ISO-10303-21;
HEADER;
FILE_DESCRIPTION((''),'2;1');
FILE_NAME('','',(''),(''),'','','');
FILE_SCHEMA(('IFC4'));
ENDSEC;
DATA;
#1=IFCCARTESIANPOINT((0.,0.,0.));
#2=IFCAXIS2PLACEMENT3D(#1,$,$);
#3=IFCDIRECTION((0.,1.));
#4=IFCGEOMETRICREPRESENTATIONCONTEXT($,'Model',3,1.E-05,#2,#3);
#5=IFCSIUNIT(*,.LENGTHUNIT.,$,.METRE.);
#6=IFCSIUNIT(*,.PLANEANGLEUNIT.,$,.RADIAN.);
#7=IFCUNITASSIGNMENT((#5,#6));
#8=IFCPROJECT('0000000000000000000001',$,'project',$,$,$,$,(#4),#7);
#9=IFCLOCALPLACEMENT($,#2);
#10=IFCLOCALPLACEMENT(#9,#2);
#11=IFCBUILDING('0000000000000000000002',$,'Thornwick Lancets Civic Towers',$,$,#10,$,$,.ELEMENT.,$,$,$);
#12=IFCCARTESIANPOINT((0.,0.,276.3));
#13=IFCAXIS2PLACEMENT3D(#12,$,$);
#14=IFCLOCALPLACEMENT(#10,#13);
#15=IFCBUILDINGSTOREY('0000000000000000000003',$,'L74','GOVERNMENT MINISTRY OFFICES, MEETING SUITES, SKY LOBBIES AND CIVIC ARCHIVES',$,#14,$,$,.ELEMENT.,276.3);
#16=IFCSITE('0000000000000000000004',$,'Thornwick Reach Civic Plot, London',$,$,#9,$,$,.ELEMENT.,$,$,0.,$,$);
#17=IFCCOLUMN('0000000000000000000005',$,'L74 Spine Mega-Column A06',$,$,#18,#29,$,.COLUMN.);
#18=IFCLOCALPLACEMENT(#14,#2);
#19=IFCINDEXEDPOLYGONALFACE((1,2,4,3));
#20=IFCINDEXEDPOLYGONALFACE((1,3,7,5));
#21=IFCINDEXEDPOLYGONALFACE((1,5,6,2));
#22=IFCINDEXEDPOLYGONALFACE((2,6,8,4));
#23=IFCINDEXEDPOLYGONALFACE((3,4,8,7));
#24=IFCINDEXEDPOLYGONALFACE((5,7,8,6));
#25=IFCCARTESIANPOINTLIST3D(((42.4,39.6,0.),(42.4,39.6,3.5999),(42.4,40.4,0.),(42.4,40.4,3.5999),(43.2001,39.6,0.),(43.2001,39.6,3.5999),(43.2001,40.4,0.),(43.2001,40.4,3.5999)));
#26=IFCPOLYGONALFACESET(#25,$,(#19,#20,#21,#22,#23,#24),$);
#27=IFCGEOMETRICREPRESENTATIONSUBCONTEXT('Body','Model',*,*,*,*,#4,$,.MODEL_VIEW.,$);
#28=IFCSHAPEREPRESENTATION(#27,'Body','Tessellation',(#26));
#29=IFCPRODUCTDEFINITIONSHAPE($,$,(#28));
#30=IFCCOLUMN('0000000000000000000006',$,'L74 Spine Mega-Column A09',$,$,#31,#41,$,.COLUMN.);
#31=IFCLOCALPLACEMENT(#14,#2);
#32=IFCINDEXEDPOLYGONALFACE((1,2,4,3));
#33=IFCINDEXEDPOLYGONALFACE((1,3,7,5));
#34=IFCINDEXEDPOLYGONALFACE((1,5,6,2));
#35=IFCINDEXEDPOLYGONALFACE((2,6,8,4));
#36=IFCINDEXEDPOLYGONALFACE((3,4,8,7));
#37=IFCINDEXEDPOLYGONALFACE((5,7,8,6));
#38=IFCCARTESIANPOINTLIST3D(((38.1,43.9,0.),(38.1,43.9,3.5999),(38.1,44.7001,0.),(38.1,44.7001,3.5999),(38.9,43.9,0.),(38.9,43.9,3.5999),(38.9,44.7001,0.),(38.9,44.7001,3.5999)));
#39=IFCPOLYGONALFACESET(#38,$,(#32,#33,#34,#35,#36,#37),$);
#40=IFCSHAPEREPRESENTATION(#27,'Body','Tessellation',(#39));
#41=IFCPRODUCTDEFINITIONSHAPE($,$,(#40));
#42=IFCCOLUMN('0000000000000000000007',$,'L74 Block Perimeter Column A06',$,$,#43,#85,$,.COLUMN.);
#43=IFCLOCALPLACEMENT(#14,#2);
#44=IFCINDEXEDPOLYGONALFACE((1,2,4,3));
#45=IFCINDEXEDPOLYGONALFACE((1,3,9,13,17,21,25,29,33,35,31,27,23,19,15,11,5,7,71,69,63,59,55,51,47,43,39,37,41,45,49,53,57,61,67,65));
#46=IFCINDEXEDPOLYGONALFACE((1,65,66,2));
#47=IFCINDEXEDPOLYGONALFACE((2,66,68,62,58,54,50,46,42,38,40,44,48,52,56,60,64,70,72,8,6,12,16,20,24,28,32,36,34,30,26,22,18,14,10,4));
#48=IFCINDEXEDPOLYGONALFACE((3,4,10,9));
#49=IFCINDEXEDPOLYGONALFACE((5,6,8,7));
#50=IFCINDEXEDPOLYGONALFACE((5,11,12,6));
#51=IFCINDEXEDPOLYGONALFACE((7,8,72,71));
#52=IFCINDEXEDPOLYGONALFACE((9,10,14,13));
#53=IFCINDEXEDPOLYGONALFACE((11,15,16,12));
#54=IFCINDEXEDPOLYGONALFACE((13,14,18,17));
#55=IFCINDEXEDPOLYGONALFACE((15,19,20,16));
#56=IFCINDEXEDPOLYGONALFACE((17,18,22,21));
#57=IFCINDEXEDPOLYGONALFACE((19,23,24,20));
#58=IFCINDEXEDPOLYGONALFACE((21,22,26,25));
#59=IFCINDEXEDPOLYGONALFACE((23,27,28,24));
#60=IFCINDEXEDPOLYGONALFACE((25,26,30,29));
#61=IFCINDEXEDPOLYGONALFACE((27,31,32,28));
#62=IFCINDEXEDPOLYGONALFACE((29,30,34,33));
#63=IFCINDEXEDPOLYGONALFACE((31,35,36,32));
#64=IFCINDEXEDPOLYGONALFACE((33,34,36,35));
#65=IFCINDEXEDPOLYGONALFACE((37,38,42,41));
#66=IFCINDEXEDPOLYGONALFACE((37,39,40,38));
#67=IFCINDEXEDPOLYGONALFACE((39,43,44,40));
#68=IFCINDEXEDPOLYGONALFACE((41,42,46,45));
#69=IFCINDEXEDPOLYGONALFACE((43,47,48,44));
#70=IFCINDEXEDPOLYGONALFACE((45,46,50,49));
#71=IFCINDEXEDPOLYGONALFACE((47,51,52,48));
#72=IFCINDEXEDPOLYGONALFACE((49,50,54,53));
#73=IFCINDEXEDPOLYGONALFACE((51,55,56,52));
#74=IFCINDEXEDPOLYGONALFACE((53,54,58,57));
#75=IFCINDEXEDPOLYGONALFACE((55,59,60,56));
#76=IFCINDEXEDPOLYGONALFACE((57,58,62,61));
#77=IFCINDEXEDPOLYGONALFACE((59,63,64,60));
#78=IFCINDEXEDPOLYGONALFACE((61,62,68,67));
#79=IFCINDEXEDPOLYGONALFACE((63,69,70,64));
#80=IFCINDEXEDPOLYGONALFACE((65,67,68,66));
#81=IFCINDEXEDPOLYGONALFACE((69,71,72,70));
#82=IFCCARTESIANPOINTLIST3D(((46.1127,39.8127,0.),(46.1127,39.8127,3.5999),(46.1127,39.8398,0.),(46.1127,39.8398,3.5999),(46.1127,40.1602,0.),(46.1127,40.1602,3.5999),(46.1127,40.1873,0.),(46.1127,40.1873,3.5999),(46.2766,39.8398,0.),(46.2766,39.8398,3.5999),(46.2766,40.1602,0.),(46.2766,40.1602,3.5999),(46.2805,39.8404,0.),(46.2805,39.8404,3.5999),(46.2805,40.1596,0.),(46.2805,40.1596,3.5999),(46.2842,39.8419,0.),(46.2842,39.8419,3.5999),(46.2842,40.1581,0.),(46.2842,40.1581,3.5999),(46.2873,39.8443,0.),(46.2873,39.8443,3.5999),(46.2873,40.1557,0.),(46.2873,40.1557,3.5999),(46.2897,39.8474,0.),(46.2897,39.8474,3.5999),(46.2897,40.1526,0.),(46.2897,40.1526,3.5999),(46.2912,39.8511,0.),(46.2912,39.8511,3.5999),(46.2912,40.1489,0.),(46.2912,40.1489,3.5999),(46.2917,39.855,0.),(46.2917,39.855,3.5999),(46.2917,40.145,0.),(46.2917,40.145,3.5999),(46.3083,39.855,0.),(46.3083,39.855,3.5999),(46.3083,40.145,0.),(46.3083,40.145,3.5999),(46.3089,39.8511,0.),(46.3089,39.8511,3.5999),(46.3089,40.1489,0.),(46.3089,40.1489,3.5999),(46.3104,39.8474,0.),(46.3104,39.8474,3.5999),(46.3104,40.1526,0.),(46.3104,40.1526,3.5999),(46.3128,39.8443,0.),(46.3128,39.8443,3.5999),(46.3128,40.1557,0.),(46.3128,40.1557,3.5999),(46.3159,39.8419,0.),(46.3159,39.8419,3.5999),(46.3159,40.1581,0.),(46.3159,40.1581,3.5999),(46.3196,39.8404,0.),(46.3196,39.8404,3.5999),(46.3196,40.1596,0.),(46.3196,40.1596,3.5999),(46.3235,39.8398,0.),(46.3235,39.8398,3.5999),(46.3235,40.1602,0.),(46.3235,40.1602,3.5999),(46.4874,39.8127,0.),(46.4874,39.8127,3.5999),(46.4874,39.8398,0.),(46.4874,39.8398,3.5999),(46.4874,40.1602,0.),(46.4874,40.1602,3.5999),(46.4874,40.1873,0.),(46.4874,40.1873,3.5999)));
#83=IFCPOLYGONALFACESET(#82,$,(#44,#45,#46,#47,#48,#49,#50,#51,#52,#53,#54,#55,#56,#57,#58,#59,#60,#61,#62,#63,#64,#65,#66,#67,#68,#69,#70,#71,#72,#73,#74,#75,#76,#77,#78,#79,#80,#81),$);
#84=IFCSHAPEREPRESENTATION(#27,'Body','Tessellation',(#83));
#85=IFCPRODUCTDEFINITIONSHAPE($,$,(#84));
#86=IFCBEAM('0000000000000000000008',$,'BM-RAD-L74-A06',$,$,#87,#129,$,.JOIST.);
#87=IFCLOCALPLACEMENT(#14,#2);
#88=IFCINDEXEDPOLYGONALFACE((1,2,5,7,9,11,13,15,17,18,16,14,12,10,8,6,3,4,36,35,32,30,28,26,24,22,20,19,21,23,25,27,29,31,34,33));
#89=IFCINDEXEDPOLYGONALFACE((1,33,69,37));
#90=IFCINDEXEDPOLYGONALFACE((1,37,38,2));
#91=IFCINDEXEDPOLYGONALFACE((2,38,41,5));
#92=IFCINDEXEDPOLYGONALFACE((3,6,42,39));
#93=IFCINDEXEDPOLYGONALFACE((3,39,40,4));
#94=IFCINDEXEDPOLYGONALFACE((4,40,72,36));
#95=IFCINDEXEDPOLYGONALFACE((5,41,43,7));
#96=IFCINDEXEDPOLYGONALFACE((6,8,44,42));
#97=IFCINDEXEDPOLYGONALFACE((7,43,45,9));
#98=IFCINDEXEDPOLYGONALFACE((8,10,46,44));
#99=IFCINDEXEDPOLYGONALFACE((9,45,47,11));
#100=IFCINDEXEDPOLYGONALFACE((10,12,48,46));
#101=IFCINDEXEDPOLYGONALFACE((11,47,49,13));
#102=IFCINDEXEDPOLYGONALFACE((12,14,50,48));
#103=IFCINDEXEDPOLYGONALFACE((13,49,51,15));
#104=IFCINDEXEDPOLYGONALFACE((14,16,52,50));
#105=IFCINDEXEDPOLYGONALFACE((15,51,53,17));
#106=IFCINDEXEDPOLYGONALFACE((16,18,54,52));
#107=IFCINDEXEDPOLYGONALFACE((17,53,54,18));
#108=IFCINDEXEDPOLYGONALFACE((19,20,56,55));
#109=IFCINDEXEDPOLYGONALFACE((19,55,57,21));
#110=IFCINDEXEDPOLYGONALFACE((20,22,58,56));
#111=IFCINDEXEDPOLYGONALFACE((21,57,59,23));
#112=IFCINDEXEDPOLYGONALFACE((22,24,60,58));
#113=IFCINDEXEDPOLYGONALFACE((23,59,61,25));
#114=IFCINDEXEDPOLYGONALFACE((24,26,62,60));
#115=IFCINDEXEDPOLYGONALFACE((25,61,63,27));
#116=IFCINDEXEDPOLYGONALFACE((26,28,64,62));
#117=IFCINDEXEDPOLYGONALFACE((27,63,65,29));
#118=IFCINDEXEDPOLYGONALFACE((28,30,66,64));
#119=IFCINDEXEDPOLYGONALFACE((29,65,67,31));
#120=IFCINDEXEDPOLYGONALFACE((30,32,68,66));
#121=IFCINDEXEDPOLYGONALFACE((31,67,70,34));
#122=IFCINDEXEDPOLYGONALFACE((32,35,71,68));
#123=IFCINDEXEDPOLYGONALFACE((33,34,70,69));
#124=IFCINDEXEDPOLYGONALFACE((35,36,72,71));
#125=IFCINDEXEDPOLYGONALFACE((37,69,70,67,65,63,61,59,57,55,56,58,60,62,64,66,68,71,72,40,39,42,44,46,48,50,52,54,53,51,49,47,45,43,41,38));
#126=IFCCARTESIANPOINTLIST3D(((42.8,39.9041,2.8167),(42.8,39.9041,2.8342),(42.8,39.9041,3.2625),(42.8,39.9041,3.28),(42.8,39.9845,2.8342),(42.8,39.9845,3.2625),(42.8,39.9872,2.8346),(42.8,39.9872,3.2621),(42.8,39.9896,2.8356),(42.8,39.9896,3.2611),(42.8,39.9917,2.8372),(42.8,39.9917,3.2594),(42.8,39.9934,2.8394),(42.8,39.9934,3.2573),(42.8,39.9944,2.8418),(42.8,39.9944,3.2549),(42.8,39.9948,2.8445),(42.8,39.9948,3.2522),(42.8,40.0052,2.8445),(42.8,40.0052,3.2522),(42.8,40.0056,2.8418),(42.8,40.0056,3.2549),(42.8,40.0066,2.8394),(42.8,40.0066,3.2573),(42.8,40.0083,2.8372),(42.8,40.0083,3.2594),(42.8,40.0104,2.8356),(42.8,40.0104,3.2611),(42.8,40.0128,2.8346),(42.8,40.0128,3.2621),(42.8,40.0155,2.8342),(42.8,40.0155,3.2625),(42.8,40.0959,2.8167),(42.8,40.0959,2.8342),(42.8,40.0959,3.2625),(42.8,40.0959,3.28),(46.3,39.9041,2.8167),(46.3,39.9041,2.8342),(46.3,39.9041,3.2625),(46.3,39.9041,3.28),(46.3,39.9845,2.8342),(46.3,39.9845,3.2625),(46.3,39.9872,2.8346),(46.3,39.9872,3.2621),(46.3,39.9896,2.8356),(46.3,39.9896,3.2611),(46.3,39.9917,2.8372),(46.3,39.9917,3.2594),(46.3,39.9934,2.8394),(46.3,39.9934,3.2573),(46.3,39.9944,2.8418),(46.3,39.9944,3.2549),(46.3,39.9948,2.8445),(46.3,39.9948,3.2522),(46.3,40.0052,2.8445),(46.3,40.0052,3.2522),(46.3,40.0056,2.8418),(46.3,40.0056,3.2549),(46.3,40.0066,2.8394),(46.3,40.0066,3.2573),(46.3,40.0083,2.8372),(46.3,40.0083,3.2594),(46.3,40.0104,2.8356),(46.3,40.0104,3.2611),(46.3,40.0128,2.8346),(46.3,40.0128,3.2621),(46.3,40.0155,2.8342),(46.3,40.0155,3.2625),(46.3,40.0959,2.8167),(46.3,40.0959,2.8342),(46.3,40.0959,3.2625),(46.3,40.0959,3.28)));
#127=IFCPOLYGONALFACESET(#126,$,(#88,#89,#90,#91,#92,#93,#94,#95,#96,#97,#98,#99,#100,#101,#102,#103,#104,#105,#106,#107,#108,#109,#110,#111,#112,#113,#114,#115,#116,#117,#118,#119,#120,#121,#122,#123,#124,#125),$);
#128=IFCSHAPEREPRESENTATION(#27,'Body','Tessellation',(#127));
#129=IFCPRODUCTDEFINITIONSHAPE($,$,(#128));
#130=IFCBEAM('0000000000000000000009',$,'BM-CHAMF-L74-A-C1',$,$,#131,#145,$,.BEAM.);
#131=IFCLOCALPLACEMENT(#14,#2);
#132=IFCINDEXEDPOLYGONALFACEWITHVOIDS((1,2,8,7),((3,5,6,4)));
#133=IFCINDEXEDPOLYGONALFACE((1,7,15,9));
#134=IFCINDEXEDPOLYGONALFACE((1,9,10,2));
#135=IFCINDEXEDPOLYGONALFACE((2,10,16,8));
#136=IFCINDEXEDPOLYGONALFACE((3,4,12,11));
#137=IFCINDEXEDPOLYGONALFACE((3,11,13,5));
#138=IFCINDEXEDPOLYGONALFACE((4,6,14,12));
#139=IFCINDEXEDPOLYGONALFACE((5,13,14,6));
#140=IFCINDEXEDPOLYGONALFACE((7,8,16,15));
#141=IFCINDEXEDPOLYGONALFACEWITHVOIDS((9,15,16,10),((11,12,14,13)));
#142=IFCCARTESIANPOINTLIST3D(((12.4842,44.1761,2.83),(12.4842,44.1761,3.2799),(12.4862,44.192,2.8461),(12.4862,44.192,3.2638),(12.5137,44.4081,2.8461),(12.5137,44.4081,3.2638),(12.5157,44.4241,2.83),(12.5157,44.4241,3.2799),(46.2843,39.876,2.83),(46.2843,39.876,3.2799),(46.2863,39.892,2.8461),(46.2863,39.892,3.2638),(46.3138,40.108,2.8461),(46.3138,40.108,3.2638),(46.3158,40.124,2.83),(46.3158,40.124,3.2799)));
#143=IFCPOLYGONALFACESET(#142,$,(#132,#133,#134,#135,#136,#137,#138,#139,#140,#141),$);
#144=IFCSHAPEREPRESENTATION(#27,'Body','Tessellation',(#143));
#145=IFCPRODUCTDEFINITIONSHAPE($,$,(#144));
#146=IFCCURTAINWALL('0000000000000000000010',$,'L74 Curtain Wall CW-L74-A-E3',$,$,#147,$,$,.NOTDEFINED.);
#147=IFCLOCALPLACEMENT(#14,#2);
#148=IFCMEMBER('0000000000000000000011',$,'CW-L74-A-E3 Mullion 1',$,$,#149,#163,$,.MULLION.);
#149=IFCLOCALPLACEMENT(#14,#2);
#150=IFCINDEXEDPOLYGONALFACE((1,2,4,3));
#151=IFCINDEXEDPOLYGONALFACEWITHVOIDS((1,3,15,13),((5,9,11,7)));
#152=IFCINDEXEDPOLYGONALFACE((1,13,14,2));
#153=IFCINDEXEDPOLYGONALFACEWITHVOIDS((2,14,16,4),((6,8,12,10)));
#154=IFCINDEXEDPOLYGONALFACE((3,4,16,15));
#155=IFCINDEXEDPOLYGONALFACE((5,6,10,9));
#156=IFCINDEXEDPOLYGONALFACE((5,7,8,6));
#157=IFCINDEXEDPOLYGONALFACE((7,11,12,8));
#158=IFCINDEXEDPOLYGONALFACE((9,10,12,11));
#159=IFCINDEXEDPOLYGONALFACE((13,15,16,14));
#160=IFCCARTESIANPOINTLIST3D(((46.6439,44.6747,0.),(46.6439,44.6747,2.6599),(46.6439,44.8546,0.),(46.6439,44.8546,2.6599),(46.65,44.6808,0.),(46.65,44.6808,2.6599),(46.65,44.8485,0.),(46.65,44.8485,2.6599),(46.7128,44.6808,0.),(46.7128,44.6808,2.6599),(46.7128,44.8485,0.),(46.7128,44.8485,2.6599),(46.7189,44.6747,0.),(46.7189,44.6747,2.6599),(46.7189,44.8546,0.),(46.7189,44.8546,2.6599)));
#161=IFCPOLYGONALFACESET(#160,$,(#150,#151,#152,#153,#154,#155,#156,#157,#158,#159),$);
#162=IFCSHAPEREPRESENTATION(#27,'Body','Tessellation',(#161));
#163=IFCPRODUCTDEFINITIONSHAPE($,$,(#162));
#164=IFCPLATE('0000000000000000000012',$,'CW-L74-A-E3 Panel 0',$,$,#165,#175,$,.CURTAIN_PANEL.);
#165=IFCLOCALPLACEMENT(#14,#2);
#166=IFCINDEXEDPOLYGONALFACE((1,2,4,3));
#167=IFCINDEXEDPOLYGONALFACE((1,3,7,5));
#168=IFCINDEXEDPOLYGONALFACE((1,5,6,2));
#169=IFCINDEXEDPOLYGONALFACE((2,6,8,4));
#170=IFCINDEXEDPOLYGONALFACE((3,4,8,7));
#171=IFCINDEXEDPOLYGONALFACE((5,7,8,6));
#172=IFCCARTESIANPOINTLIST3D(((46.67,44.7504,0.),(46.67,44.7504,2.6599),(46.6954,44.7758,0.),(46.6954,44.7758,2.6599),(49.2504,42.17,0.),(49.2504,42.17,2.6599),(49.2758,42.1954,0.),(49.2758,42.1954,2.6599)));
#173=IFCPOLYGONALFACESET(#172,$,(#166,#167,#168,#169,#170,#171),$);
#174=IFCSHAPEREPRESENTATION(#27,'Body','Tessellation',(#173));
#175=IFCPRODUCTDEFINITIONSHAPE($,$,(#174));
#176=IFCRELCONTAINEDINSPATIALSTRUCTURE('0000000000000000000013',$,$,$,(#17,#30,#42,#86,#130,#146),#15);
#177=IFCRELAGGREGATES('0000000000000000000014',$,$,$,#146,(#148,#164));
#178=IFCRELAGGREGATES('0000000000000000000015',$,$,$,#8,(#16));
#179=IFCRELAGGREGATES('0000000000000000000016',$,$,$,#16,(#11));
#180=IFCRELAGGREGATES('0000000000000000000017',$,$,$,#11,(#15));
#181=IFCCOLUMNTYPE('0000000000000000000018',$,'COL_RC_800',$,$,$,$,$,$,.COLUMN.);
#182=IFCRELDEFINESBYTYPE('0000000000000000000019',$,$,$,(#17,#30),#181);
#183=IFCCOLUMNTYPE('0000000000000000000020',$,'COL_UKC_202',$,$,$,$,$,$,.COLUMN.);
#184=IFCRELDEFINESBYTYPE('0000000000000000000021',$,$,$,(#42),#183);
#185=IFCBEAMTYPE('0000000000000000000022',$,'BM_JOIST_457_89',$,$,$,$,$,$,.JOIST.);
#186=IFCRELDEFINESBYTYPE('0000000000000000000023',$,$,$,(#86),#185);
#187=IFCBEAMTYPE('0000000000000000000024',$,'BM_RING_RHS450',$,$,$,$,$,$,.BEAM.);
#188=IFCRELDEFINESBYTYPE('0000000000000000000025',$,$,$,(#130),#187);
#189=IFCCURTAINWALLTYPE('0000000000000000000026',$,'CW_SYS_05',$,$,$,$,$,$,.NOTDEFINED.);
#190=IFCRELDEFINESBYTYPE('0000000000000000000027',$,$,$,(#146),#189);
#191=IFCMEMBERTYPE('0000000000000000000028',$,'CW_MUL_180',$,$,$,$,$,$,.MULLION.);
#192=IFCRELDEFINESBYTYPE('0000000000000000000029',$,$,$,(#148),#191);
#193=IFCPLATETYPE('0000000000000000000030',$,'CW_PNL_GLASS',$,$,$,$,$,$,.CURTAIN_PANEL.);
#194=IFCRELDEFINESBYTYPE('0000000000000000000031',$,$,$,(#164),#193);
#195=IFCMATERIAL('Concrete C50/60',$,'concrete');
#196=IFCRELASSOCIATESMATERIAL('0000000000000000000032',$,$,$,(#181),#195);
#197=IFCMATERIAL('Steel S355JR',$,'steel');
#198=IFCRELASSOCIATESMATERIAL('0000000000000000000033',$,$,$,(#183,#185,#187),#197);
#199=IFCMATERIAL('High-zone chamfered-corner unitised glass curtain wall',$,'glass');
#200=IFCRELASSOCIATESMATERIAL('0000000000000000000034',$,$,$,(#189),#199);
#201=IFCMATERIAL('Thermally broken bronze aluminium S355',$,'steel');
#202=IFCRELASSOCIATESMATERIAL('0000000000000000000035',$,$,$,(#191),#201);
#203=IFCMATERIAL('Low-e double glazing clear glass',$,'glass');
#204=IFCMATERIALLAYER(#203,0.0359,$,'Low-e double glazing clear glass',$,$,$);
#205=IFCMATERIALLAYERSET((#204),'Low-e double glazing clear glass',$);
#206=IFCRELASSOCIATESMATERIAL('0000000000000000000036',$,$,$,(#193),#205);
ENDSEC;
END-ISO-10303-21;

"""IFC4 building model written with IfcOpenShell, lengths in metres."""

from ifc_helpers import new_model, si_unit, direction, frame, origin, origin_2d, place, context, subcontext, project, spatial, rectangle, hollow_rectangle, i_section, extrude, material, layer, layer_set, material_profile, profile_set, type_object, element, aggregate, save


model = new_model("IFC4")

# Units and contexts
model_context = context("Model", 3, precision=1e-05, world=origin(), true_north=direction((0.0, 1.0)))
body_context = subcontext(model_context, "Body", "Model", "MODEL_VIEW")
ifc_project = project(units=[si_unit("LENGTHUNIT", "METRE"), si_unit("PLANEANGLEUNIT", "RADIAN")], contexts=[model_context])

# Site, building, storey
site_placement = place(None, origin())
site = spatial("IfcSite", under=ifc_project, at=site_placement, Name="Thornwick Reach Civic Plot, London", CompositionType="ELEMENT", RefElevation=0.0)
building_placement = place(site_placement, origin())
building = spatial("IfcBuilding", under=site, at=building_placement, Name="Thornwick Lancets Civic Towers", CompositionType="ELEMENT")
storey_placement = place(building_placement, frame((0.0, 0.0, 276.3)))
storey = spatial("IfcBuildingStorey", under=building, at=storey_placement, Name="L74", Description="GOVERNMENT MINISTRY OFFICES, MEETING SUITES, SKY LOBBIES AND CIVIC ARCHIVES", CompositionType="ELEMENT", Elevation=276.3)

# Columns
ifc_material_1 = material(Name="Concrete C50/60", Category="concrete")
ifc_material_profile_1 = material_profile(ifc_material_1, rectangle(XDim=0.8, YDim=0.8, at=origin_2d()), Name="RC 800x800")
ifc_profile_set_1 = profile_set([ifc_material_profile_1], Name="Concrete C50/60")
column_type_1 = type_object("IfcColumnType", Name="COL_RC_800", PredefinedType="COLUMN", material=ifc_profile_set_1)
for number, where, z_axis, x_axis, name in (
    (1, (42.8, 40.0, 0.0), (0.0, 0.0, 1.0), (1.0, 0.0, 0.0), "L74 Spine Mega-Column A06"),
    (2, (38.5, 44.3, 0.0), (0.0, 0.0, 1.0), (1.0, 0.0, 0.0), "L74 Spine Mega-Column A09"),
):
    element("IfcColumn", number, at=place(storey_placement, frame(where, z_axis=z_axis, x_axis=x_axis)), inside=storey, type_object=column_type_1, Name=name, PredefinedType="COLUMN", context=body_context, shape_type="SweptSolid", body=[
        extrude(rectangle(XDim=0.8, YDim=0.8, at=origin_2d()), origin(), (0.0, 0.0, 1.0), 3.5999),
    ])
ifc_material_2 = material(Name="Steel S355JR", Category="steel")
ifc_material_profile_2 = material_profile(ifc_material_2, i_section(OverallWidth=0.3748, OverallDepth=0.3745, WebThickness=0.0166, FlangeThickness=0.0271, FilletRadius=0.0151, at=origin_2d()), Name="UKC 356x368x202")
ifc_profile_set_2 = profile_set([ifc_material_profile_2], Name="Steel S355JR")
column_type_2 = type_object("IfcColumnType", Name="COL_UKC_202", PredefinedType="COLUMN", material=ifc_profile_set_2)
column_placement = place(storey_placement, frame((46.3, 40.0, 0.0), z_axis=(0.0, 0.0, 1.0), x_axis=(1.0, 0.0, 0.0)))
element("IfcColumn", 3, at=column_placement, inside=storey, type_object=column_type_2, Name="L74 Block Perimeter Column A06", PredefinedType="COLUMN", context=body_context, shape_type="SweptSolid", body=[
    extrude(i_section(OverallWidth=0.3748, OverallDepth=0.3745, WebThickness=0.0166, FlangeThickness=0.0271, FilletRadius=0.0151, at=origin_2d()), origin(), (0.0, 0.0, 1.0), 3.5999),
])

# Beams
ifc_material_profile_3 = material_profile(ifc_material_2, i_section(OverallWidth=0.1919, OverallDepth=0.4634, WebThickness=0.0105, FlangeThickness=0.0176, FilletRadius=0.0103, at=origin_2d()), Name="UKB 457x191x89")
ifc_profile_set_3 = profile_set([ifc_material_profile_3], Name="Steel S355JR")
beam_type_1 = type_object("IfcBeamType", Name="BM_JOIST_457_89", PredefinedType="JOIST", material=ifc_profile_set_3)
beam_1_placement = place(storey_placement, frame((42.8, 40.0, 3.0483), z_axis=(1.0, 0.0, 0.0), x_axis=(0.0, 1.0, 0.0)))
element("IfcBeam", 4, at=beam_1_placement, inside=storey, type_object=beam_type_1, Name="BM-RAD-L74-A06", PredefinedType="JOIST", context=body_context, shape_type="SweptSolid", body=[
    extrude(i_section(OverallWidth=0.1919, OverallDepth=0.4634, WebThickness=0.0105, FlangeThickness=0.0176, FilletRadius=0.0103, at=origin_2d()), origin(), (0.0, 0.0, 1.0), 3.5),
])
ifc_material_profile_4 = material_profile(ifc_material_2, hollow_rectangle(XDim=0.25, YDim=0.45, WallThickness=0.0161, at=origin_2d()), Name="RHS 450x250x16")
ifc_profile_set_4 = profile_set([ifc_material_profile_4], Name="Steel S355JR")
beam_type_2 = type_object("IfcBeamType", Name="BM_RING_RHS450", PredefinedType="BEAM", material=ifc_profile_set_4)
beam_2_placement = place(storey_placement, frame((46.3, 40.0, 3.0549), z_axis=(-0.992004, 0.126203, 0.0), x_axis=(-0.126203, -0.992004, 0.0)))
element("IfcBeam", 5, at=beam_2_placement, inside=storey, type_object=beam_type_2, Name="BM-CHAMF-L74-A-C1", PredefinedType="BEAM", context=body_context, shape_type="SweptSolid", body=[
    extrude(hollow_rectangle(XDim=0.25, YDim=0.45, WallThickness=0.0161, at=origin_2d()), origin(), (0.0, 0.0, 1.0), 34.0725),
])

# Curtain wall, member, plate
ifc_material_3 = material(Name="High-zone chamfered-corner unitised glass curtain wall", Category="glass")
curtain_wall_type = type_object("IfcCurtainWallType", Name="CW_SYS_05", PredefinedType="NOTDEFINED", material=ifc_material_3)
curtain_wall_placement = place(storey_placement, origin())
curtain_wall = element("IfcCurtainWall", 6, at=curtain_wall_placement, inside=storey, type_object=curtain_wall_type, Name="L74 Curtain Wall CW-L74-A-E3", PredefinedType="NOTDEFINED")
ifc_material_4 = material(Name="Thermally broken bronze aluminium S355", Category="steel")
ifc_material_profile_5 = material_profile(ifc_material_4, hollow_rectangle(XDim=0.075, YDim=0.1799, WallThickness=0.0061, at=origin_2d()), Name="RHS 180x75x6")
ifc_profile_set_5 = profile_set([ifc_material_profile_5], Name="Thermally broken bronze aluminium S355")
member_type = type_object("IfcMemberType", Name="CW_MUL_180", PredefinedType="MULLION", material=ifc_profile_set_5)
member_placement = place(storey_placement, frame((46.6814, 44.7646, 0.0), z_axis=(0.0, 0.0, 1.0), x_axis=(1.0, 0.0, 0.0)))
member = element("IfcMember", 7, at=member_placement, type_object=member_type, Name="CW-L74-A-E3 Mullion 1", PredefinedType="MULLION", context=body_context, shape_type="SweptSolid", body=[
    extrude(hollow_rectangle(XDim=0.075, YDim=0.1799, WallThickness=0.0061, at=origin_2d()), origin(), (0.0, 0.0, 1.0), 2.6599),
])
ifc_material_5 = material(Name="Low-e double glazing clear glass", Category="glass")
ifc_layer_1 = layer(ifc_material_5, 0.0359, Name="Low-e double glazing clear glass")
ifc_layer_set_1 = layer_set([ifc_layer_1], Name="Low-e double glazing clear glass")
plate_type = type_object("IfcPlateType", Name="CW_PNL_GLASS", PredefinedType="CURTAIN_PANEL", material=ifc_layer_set_1)
plate_placement = place(storey_placement, frame((47.9729, 43.4729, 0.0), z_axis=(0.0, 0.0, 1.0), x_axis=(-0.707107, 0.707107, 0.0)))
plate = element("IfcPlate", 8, at=plate_placement, type_object=plate_type, Name="CW-L74-A-E3 Panel 0", PredefinedType="CURTAIN_PANEL", context=body_context, shape_type="SweptSolid", body=[
    extrude(rectangle(XDim=3.6492, YDim=0.0359, at=origin_2d()), origin(), (0.0, 0.0, 1.0), 2.6599),
])
aggregate(curtain_wall, [member, plate])

save(model, "model.ifc")
